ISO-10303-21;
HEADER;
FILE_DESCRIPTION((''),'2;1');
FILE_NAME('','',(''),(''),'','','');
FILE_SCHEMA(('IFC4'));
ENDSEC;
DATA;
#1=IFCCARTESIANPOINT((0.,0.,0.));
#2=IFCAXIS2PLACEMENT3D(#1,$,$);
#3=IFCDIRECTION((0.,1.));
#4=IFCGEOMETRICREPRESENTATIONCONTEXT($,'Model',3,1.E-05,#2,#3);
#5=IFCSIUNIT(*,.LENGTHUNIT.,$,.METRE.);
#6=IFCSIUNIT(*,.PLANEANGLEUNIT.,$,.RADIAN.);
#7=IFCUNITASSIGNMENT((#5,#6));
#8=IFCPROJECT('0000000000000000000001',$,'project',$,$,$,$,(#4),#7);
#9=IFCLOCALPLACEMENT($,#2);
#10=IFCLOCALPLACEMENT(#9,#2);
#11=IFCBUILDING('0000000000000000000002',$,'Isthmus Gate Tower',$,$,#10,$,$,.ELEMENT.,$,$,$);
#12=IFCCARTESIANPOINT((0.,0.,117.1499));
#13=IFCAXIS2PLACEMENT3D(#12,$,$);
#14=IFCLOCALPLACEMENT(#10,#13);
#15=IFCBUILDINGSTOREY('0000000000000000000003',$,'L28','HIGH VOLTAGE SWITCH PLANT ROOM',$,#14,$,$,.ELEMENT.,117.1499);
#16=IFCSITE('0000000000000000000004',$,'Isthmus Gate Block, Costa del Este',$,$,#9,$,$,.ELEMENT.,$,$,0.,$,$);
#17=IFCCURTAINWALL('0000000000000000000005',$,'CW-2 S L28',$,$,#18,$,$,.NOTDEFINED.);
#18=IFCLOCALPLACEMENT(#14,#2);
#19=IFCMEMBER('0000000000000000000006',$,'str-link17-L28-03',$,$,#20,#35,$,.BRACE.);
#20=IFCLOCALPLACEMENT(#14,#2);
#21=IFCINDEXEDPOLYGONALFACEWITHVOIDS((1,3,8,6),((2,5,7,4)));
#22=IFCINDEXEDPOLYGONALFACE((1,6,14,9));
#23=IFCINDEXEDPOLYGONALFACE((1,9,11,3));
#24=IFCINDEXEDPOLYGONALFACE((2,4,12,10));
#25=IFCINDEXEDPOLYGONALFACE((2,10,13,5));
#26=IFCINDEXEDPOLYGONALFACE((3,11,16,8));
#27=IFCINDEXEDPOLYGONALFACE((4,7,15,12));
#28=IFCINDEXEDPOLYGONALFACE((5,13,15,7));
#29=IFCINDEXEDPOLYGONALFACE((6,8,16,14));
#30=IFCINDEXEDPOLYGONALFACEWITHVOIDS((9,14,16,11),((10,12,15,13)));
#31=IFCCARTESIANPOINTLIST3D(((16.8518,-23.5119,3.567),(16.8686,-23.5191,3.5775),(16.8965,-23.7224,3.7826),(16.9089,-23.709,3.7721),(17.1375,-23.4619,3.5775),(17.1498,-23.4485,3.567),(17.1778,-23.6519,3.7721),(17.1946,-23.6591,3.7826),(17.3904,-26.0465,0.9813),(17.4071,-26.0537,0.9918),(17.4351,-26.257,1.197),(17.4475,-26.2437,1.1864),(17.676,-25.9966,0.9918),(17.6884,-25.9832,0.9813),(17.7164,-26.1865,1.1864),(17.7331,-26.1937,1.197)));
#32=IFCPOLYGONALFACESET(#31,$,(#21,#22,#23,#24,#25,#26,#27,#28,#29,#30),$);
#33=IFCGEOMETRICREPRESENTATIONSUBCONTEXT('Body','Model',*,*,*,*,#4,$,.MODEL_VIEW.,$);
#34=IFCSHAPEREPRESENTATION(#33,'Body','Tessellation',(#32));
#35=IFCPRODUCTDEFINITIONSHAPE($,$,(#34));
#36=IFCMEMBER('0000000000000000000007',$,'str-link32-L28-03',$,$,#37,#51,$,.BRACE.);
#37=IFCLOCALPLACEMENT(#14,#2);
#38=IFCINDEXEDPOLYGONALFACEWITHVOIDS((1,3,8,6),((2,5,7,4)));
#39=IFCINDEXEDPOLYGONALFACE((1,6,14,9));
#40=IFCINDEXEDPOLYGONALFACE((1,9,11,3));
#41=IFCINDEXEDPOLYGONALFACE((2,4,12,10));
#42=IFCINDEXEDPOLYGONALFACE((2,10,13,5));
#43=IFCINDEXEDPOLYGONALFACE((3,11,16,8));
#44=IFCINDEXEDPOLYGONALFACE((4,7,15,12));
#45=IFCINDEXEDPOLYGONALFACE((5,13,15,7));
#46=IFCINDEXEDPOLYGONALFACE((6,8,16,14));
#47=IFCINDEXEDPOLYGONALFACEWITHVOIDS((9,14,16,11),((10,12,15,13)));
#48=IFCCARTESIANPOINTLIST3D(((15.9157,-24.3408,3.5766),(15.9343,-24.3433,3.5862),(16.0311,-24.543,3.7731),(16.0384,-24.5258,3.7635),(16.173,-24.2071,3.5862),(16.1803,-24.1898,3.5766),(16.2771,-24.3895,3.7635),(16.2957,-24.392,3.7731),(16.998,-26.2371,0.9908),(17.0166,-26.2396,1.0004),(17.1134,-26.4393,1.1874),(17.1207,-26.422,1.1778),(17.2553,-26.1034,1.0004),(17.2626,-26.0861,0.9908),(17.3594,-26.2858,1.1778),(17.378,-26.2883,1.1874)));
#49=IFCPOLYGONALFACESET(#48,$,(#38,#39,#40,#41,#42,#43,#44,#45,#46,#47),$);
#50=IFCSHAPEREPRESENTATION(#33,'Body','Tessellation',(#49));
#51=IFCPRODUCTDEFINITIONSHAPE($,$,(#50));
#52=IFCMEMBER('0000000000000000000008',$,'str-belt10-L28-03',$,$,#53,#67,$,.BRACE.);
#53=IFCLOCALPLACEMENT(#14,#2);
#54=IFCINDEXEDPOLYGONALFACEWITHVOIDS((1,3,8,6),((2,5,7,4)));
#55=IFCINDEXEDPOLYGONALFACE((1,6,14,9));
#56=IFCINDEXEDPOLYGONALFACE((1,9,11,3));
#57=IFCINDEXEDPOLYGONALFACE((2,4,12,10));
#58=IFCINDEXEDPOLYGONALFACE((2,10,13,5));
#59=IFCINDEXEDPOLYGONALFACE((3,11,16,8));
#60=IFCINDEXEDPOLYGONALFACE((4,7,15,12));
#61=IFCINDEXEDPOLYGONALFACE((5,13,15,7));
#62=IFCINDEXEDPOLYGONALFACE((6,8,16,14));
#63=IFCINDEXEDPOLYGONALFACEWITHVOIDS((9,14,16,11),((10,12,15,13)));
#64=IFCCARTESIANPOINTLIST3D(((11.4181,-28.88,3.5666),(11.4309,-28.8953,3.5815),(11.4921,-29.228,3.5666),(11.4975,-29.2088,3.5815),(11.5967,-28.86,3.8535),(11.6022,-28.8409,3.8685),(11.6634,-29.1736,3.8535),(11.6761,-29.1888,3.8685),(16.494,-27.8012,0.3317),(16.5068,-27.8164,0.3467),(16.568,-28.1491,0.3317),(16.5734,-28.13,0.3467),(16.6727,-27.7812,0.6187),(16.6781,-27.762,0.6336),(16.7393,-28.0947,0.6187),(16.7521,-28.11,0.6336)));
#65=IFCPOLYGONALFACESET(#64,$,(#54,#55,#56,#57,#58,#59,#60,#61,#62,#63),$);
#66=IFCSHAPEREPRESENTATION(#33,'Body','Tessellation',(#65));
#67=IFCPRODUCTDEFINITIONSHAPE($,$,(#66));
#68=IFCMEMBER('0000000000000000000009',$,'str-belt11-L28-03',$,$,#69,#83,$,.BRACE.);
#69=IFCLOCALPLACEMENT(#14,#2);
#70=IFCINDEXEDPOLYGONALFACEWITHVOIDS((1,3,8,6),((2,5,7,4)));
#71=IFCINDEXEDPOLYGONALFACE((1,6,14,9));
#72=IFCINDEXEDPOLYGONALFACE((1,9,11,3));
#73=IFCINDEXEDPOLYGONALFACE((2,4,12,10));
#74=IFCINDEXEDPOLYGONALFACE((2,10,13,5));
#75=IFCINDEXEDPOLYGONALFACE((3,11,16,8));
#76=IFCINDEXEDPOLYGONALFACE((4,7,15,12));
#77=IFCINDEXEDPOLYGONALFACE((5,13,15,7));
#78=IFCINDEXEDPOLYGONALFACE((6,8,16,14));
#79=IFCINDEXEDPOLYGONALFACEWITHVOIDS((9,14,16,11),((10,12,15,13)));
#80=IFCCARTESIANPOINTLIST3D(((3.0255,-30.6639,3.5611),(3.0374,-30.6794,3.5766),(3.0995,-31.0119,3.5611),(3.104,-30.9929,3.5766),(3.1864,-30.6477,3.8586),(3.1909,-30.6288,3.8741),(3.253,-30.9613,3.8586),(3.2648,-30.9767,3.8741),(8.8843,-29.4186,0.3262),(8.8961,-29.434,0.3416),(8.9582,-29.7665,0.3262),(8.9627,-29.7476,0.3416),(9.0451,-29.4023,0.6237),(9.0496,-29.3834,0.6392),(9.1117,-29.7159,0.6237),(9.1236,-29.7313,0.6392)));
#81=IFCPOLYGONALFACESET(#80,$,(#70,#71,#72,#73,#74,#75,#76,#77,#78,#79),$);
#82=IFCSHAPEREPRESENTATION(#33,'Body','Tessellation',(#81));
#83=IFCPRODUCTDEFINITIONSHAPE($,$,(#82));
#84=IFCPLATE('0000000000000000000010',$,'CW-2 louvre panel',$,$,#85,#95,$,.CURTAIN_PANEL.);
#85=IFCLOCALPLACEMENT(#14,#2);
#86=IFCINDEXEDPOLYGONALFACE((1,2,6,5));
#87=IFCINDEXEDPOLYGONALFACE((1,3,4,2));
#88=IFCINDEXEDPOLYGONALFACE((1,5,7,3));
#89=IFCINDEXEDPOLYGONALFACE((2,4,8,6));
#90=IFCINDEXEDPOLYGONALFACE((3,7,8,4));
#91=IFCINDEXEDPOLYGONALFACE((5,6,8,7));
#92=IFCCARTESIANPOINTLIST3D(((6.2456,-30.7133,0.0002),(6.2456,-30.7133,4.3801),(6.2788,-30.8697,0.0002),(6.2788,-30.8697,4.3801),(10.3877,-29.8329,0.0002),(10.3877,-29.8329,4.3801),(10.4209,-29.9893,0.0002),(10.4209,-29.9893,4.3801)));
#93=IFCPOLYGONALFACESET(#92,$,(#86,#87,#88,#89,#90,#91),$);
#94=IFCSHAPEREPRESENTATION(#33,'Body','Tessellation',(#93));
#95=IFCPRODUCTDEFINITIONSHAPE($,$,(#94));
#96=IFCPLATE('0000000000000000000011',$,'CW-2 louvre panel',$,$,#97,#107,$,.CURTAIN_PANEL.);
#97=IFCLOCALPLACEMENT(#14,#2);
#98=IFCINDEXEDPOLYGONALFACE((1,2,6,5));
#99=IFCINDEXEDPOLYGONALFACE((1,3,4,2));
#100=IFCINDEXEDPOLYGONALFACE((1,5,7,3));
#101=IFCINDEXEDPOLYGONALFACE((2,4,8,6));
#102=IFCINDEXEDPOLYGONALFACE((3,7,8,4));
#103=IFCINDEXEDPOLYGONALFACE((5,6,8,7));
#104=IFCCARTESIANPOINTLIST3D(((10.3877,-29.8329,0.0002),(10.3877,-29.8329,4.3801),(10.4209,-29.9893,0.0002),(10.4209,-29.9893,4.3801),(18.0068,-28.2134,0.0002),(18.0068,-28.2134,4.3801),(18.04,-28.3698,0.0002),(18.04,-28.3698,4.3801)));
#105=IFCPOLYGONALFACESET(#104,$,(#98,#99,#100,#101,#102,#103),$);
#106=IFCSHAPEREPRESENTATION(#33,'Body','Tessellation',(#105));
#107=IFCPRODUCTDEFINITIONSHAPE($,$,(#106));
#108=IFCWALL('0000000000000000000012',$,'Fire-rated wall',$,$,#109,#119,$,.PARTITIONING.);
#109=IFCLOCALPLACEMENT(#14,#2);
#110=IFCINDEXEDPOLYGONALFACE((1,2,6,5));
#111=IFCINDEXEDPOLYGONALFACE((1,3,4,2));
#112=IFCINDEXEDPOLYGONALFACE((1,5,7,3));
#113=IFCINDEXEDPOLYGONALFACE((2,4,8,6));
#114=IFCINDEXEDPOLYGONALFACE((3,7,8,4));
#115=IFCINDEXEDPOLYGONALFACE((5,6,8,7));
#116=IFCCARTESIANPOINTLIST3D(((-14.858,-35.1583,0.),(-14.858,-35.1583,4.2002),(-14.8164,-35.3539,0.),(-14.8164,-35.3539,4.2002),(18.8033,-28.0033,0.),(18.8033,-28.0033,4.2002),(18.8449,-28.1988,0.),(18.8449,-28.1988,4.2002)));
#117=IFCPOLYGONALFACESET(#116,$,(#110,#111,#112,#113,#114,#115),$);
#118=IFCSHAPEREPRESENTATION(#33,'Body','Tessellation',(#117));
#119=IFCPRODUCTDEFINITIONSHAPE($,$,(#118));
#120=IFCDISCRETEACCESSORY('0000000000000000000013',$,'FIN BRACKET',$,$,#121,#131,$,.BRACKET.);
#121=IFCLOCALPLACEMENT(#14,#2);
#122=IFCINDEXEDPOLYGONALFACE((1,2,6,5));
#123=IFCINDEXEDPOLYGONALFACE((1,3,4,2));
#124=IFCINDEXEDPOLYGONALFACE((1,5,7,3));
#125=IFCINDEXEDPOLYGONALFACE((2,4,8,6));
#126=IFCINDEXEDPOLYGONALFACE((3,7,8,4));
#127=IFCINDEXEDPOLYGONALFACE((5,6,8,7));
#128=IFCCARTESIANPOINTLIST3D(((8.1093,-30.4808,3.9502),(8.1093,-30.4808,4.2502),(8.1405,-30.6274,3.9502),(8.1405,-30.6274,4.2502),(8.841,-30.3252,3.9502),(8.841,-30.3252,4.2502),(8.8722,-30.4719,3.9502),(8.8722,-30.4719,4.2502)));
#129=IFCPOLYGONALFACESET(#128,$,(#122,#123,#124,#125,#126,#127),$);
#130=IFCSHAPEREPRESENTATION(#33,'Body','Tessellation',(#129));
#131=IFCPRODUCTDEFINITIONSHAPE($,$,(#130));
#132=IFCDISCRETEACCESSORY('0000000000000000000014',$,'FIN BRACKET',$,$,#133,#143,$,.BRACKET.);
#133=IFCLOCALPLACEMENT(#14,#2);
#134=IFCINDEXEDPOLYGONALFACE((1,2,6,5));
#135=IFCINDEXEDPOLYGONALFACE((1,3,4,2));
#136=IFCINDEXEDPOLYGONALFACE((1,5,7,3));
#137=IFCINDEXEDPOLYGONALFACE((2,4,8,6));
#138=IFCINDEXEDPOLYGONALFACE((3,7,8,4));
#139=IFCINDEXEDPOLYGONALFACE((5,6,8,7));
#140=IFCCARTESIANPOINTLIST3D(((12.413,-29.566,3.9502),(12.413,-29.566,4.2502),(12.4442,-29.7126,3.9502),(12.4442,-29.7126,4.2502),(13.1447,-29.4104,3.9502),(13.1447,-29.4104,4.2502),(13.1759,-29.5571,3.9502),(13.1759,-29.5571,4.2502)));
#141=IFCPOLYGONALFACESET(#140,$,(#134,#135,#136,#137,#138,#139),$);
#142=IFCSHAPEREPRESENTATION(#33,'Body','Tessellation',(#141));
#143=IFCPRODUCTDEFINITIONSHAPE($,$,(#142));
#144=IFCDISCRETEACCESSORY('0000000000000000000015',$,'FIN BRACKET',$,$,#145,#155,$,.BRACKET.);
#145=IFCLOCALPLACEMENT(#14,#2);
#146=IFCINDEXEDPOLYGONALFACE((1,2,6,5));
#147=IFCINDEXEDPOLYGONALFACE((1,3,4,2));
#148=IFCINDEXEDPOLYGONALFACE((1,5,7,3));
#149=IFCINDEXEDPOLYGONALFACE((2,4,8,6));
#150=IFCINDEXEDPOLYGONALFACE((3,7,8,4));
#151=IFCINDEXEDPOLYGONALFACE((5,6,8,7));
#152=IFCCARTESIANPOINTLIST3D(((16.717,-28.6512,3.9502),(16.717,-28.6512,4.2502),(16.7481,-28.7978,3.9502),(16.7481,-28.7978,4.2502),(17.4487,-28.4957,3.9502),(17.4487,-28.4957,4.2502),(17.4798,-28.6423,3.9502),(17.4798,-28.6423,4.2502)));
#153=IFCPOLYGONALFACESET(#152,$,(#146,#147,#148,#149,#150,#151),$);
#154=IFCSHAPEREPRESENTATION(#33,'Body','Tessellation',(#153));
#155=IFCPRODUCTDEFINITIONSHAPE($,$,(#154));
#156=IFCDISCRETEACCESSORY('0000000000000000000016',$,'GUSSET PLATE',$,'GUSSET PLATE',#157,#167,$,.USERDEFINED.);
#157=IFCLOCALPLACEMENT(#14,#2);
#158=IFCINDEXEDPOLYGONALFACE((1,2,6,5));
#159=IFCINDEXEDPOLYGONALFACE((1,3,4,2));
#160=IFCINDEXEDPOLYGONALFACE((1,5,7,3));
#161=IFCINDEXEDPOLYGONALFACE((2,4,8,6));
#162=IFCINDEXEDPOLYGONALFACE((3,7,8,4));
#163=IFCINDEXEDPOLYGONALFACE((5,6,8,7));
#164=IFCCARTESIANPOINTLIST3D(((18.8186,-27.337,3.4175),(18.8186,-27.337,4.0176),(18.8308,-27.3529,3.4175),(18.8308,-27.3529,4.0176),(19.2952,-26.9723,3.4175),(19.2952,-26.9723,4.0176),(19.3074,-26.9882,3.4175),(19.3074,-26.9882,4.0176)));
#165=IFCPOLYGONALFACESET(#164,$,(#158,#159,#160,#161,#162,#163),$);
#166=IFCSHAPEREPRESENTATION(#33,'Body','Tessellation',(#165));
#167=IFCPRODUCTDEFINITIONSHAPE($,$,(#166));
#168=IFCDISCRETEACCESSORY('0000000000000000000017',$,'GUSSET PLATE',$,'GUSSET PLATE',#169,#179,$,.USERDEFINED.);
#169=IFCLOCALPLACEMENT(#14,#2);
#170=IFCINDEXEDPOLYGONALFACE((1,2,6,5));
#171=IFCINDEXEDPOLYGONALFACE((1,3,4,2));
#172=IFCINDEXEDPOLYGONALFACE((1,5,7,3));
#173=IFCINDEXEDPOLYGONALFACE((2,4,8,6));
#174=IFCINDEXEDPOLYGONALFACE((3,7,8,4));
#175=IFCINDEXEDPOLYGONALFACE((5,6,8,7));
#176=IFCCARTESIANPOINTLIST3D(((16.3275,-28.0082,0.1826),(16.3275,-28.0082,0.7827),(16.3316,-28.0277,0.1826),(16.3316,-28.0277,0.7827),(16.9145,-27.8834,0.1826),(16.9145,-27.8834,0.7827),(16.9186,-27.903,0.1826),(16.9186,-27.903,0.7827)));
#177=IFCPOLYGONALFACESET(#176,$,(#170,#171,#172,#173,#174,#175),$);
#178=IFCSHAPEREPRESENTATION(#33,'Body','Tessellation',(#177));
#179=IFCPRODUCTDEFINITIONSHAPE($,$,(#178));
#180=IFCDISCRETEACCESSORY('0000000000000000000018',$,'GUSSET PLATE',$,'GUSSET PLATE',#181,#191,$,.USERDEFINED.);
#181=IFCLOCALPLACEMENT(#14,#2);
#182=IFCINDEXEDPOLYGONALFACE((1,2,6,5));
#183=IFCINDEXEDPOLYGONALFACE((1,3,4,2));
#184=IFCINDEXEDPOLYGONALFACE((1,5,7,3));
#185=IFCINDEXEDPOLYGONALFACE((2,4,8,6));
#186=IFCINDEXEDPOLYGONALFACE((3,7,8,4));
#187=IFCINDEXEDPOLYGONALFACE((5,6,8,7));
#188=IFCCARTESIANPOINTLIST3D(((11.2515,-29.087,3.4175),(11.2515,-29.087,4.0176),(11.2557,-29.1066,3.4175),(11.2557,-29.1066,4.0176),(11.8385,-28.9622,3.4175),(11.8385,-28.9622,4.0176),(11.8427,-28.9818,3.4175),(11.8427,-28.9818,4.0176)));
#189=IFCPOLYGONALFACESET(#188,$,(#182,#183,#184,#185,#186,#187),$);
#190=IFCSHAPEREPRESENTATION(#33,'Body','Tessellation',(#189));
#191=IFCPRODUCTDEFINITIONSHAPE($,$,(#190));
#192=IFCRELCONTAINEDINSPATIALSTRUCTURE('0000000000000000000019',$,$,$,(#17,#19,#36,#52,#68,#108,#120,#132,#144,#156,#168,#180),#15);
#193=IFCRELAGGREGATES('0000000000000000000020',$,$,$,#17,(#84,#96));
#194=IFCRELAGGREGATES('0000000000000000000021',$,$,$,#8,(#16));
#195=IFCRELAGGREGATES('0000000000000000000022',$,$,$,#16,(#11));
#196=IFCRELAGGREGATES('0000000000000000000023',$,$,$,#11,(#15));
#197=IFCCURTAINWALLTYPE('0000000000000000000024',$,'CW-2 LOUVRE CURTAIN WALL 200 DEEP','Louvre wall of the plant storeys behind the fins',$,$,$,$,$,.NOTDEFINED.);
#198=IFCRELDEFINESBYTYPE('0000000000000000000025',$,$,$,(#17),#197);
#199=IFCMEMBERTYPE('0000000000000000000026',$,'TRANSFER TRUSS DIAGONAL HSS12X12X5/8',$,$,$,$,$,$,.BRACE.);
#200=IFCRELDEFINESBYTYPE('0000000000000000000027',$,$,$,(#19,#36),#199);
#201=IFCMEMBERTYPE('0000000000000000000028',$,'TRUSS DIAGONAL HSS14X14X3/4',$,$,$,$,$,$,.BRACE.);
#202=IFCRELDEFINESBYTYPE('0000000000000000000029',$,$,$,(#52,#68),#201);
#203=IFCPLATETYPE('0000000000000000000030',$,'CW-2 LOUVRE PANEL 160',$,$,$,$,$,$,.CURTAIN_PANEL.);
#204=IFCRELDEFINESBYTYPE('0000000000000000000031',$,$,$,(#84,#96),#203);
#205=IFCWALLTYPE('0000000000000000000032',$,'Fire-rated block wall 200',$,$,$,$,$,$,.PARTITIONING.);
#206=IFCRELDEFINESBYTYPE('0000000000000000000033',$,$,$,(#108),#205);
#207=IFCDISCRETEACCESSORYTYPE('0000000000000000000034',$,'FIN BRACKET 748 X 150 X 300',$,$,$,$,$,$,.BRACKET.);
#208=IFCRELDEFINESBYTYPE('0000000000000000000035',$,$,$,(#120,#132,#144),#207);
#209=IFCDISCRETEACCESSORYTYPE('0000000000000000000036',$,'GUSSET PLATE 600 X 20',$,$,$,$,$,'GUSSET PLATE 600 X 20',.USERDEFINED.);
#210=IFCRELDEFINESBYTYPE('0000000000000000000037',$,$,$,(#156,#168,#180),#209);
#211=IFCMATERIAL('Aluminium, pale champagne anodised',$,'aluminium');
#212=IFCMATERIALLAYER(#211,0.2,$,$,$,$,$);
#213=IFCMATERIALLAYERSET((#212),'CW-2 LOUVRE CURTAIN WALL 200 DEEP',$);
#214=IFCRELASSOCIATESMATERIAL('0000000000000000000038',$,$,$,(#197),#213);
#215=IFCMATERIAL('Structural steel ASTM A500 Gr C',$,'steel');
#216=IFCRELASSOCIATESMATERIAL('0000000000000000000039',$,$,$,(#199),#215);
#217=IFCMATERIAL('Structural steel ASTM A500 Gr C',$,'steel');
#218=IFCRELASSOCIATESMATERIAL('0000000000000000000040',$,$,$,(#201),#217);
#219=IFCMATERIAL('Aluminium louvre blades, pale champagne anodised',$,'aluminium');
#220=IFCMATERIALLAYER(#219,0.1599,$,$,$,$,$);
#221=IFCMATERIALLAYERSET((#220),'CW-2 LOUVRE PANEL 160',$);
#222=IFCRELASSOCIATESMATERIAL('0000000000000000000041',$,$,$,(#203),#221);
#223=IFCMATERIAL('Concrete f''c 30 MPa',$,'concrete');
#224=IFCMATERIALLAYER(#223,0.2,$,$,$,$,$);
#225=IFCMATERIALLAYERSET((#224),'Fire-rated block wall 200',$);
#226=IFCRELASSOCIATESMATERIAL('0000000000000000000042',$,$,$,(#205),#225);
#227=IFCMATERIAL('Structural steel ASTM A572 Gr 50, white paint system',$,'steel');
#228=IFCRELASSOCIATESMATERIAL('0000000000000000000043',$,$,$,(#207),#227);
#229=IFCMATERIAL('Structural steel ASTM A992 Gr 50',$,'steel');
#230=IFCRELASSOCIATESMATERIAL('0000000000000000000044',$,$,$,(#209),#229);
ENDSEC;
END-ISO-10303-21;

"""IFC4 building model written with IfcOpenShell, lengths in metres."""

from ifc_helpers import new_model, si_unit, direction, frame, frame_2d, origin, origin_2d, place, context, subcontext, project, spatial, rectangle, hollow_rectangle, extrude, material, layer, layer_set, material_profile, profile_set, type_object, element, aggregate, save


model = new_model("IFC4")

# Units and contexts
model_context = context("Model", 3, precision=1e-05, world=origin(), true_north=direction((0.0, 1.0)))
body_context = subcontext(model_context, "Body", "Model", "MODEL_VIEW")
ifc_project = project(units=[si_unit("LENGTHUNIT", "METRE"), si_unit("PLANEANGLEUNIT", "RADIAN")], contexts=[model_context])

# Site, building, storey
site_placement = place(None, origin())
site = spatial("IfcSite", under=ifc_project, at=site_placement, Name="Isthmus Gate Block, Costa del Este", CompositionType="ELEMENT", RefElevation=0.0)
building_placement = place(site_placement, origin())
building = spatial("IfcBuilding", under=site, at=building_placement, Name="Isthmus Gate Tower", CompositionType="ELEMENT")
storey_placement = place(building_placement, frame((0.0, 0.0, 117.1499)))
storey = spatial("IfcBuildingStorey", under=building, at=storey_placement, Name="L28", Description="HIGH VOLTAGE SWITCH PLANT ROOM", CompositionType="ELEMENT", Elevation=117.1499)

# Curtain wall
ifc_material_1 = material(Name="Aluminium, pale champagne anodised", Category="aluminium")
ifc_layer_1 = layer(ifc_material_1, 0.2)
ifc_layer_set_1 = layer_set([ifc_layer_1], Name="CW-2 LOUVRE CURTAIN WALL 200 DEEP")
curtain_wall_type = type_object("IfcCurtainWallType", Name="CW-2 LOUVRE CURTAIN WALL 200 DEEP", Description="Louvre wall of the plant storeys behind the fins", PredefinedType="NOTDEFINED", material=ifc_layer_set_1)
curtain_wall_1_placement = place(storey_placement, origin())
curtain_wall_1 = element("IfcCurtainWall", 1, at=curtain_wall_1_placement, inside=storey, type_object=curtain_wall_type, Name="CW-2 S L28", PredefinedType="NOTDEFINED")

# Members
ifc_material_2 = material(Name="Structural steel ASTM A500 Gr C", Category="steel")
ifc_material_profile_1 = material_profile(ifc_material_2, hollow_rectangle(XDim=0.3047, YDim=0.3047, WallThickness=0.0149, at=origin_2d()), Name="HSS12X12X5/8")
ifc_profile_set_1 = profile_set([ifc_material_profile_1], Name="Structural steel ASTM A500 Gr C")
member_type_1 = type_object("IfcMemberType", Name="TRANSFER TRUSS DIAGONAL HSS12X12X5/8", PredefinedType="BRACE", material=ifc_profile_set_1)
member_1_placement = place(storey_placement, frame((17.5618, -26.1201, 1.0891), z_axis=(-0.147125, 0.692408, 0.706347), x_axis=(-0.978162, -0.207843, 0.0)))
element("IfcMember", 2, at=member_1_placement, inside=storey, type_object=member_type_1, Name="str-link17-L28-03", PredefinedType="BRACE", context=body_context, shape_type="SweptSolid", body=[
    extrude(hollow_rectangle(XDim=0.3047, YDim=0.3047, WallThickness=0.0149, at=origin_2d()), origin(), (0.0, 0.0, 1.0), 3.6606),
])
member_2_placement = place(storey_placement, frame((17.188, -26.2627, 1.0891), z_axis=(-0.319802, 0.56032, 0.764047), x_axis=(-0.868498, -0.495693, 0.0)))
element("IfcMember", 3, at=member_2_placement, inside=storey, type_object=member_type_1, Name="str-link32-L28-03", PredefinedType="BRACE", context=body_context, shape_type="SweptSolid", body=[
    extrude(hollow_rectangle(XDim=0.3047, YDim=0.3047, WallThickness=0.0149, at=origin_2d()), origin(), (0.0, 0.0, 1.0), 3.3843),
])
ifc_material_3 = material(Name="Structural steel ASTM A500 Gr C", Category="steel")
ifc_material_profile_2 = material_profile(ifc_material_3, hollow_rectangle(XDim=0.3557, YDim=0.3557, WallThickness=0.0176, at=origin_2d()), Name="HSS14X14X3/4")
ifc_profile_set_2 = profile_set([ifc_material_profile_2], Name="Structural steel ASTM A500 Gr C")
member_type_2 = type_object("IfcMemberType", Name="TRUSS DIAGONAL HSS14X14X3/4", PredefinedType="BRACE", material=ifc_profile_set_2)
member_3_placement = place(storey_placement, frame((16.623, -27.9556, 0.4827), z_axis=(-0.830077, -0.176428, 0.529004), x_axis=(0.2079, -0.97815, 0.0)))
element("IfcMember", 4, at=member_3_placement, inside=storey, type_object=member_type_2, Name="str-belt10-L28-03", PredefinedType="BRACE", context=body_context, shape_type="SweptSolid", body=[
    extrude(hollow_rectangle(XDim=0.3557, YDim=0.3557, WallThickness=0.0176, at=origin_2d()), origin(), (0.0, 0.0, 1.0), 6.115),
])
member_4_placement = place(storey_placement, frame((9.0039, -29.575, 0.4827), z_axis=(-0.860645, -0.182946, 0.475207), x_axis=(0.207923, -0.978145, 0.0)))
element("IfcMember", 5, at=member_4_placement, inside=storey, type_object=member_type_2, Name="str-belt11-L28-03", PredefinedType="BRACE", context=body_context, shape_type="SweptSolid", body=[
    extrude(hollow_rectangle(XDim=0.3557, YDim=0.3557, WallThickness=0.0176, at=origin_2d()), origin(), (0.0, 0.0, 1.0), 6.8074),
])

# Plates
ifc_material_4 = material(Name="Aluminium louvre blades, pale champagne anodised", Category="aluminium")
ifc_layer_2 = layer(ifc_material_4, 0.1599)
ifc_layer_set_2 = layer_set([ifc_layer_2], Name="CW-2 LOUVRE PANEL 160")
plate_type = type_object("IfcPlateType", Name="CW-2 LOUVRE PANEL 160", PredefinedType="CURTAIN_PANEL", material=ifc_layer_set_2)
plate_1_placement = place(storey_placement, frame((8.3333, -30.3513, 0.0002), z_axis=(0.0, 0.0, 1.0), x_axis=(0.978148, 0.207912, 0.0)))
plate_1 = element("IfcPlate", 6, at=plate_1_placement, type_object=plate_type, Name="CW-2 louvre panel", PredefinedType="CURTAIN_PANEL", context=body_context, shape_type="SweptSolid", body=[
    extrude(rectangle(XDim=4.2346, YDim=0.1599, at=origin_2d()), origin(), (0.0, 0.0, 1.0), 4.3799),
])
plate_2_placement = place(storey_placement, frame((14.2139, -29.1013, 0.0002), z_axis=(0.0, 0.0, 1.0), x_axis=(0.978148, 0.207912, 0.0)))
plate_2 = element("IfcPlate", 7, at=plate_2_placement, type_object=plate_type, Name="CW-2 louvre panel", PredefinedType="CURTAIN_PANEL", context=body_context, shape_type="SweptSolid", body=[
    extrude(rectangle(XDim=7.7893, YDim=0.1599, at=origin_2d()), origin(), (0.0, 0.0, 1.0), 4.3799),
])
aggregate(curtain_wall_1, [plate_1, plate_2])

# Wall
ifc_material_5 = material(Name="Concrete f'c 30 MPa", Category="concrete")
ifc_layer_3 = layer(ifc_material_5, 0.2)
ifc_layer_set_3 = layer_set([ifc_layer_3], Name="Fire-rated block wall 200")
wall_type = type_object("IfcWallType", Name="Fire-rated block wall 200", PredefinedType="PARTITIONING", material=ifc_layer_set_3)
wall_placement = place(storey_placement, frame((18.824, -28.1011, 0.0), z_axis=(0.0, 0.0, 1.0), x_axis=(-0.978147, -0.207914, 0.0)))
element("IfcWall", 8, at=wall_placement, inside=storey, type_object=wall_type, Name="Fire-rated wall", PredefinedType="PARTITIONING", context=body_context, shape_type="SweptSolid", body=[
    extrude(rectangle(XDim=34.4133, YDim=0.2, at=frame_2d((17.2065, 0.0))), origin(), (0.0, 0.0, 1.0), 4.2002),
])

# Discrete accessories
ifc_material_6 = material(Name="Structural steel ASTM A572 Gr 50, white paint system", Category="steel")
discrete_accessory_type_1 = type_object("IfcDiscreteAccessoryType", Name="FIN BRACKET 748 X 150 X 300", PredefinedType="BRACKET", material=ifc_material_6)
for number, where, z_axis, x_axis, name in (
    (9, (8.4907, -30.4763, 3.9502), (0.0, 0.0, 1.0), (0.207912, -0.978148, 0.0), "FIN BRACKET"),
    (10, (12.7944, -29.5615, 3.9502), (0.0, 0.0, 1.0), (0.207912, -0.978148, 0.0), "FIN BRACKET"),
    (11, (17.0984, -28.6467, 3.9502), (0.0, 0.0, 1.0), (0.207912, -0.978148, 0.0), "FIN BRACKET"),
):
    element("IfcDiscreteAccessory", number, at=place(storey_placement, frame(where, z_axis=z_axis, x_axis=x_axis)), inside=storey, type_object=discrete_accessory_type_1, Name=name, PredefinedType="BRACKET", context=body_context, shape_type="SweptSolid", body=[
        extrude(rectangle(XDim=0.1499, YDim=0.748, at=origin_2d()), origin(), (0.0, 0.0, 1.0), 0.3),
    ])
ifc_material_7 = material(Name="Structural steel ASTM A992 Gr 50", Category="steel")
discrete_accessory_type_2 = type_object("IfcDiscreteAccessoryType", Name="GUSSET PLATE 600 X 20", ElementType="GUSSET PLATE 600 X 20", PredefinedType="USERDEFINED", material=ifc_material_7)
for number, where, z_axis, x_axis, name in (
    (12, (19.063, -27.1626, 3.4175), (0.0, 0.0, 1.0), (-0.794189, -0.607671, 0.0), "GUSSET PLATE"),
    (13, (16.623, -27.9556, 0.1826), (0.0, 0.0, 1.0), (-0.978148, -0.207912, 0.0), "GUSSET PLATE"),
    (14, (11.5471, -29.0344, 3.4175), (0.0, 0.0, 1.0), (-0.978148, -0.207912, 0.0), "GUSSET PLATE"),
):
    element("IfcDiscreteAccessory", number, at=place(storey_placement, frame(where, z_axis=z_axis, x_axis=x_axis)), inside=storey, type_object=discrete_accessory_type_2, Name=name, ObjectType="GUSSET PLATE", PredefinedType="USERDEFINED", context=body_context, shape_type="SweptSolid", body=[
        extrude(rectangle(XDim=0.6001, YDim=0.02, at=origin_2d()), origin(), (0.0, 0.0, 1.0), 0.6001),
    ])

save(model, "model.ifc")
